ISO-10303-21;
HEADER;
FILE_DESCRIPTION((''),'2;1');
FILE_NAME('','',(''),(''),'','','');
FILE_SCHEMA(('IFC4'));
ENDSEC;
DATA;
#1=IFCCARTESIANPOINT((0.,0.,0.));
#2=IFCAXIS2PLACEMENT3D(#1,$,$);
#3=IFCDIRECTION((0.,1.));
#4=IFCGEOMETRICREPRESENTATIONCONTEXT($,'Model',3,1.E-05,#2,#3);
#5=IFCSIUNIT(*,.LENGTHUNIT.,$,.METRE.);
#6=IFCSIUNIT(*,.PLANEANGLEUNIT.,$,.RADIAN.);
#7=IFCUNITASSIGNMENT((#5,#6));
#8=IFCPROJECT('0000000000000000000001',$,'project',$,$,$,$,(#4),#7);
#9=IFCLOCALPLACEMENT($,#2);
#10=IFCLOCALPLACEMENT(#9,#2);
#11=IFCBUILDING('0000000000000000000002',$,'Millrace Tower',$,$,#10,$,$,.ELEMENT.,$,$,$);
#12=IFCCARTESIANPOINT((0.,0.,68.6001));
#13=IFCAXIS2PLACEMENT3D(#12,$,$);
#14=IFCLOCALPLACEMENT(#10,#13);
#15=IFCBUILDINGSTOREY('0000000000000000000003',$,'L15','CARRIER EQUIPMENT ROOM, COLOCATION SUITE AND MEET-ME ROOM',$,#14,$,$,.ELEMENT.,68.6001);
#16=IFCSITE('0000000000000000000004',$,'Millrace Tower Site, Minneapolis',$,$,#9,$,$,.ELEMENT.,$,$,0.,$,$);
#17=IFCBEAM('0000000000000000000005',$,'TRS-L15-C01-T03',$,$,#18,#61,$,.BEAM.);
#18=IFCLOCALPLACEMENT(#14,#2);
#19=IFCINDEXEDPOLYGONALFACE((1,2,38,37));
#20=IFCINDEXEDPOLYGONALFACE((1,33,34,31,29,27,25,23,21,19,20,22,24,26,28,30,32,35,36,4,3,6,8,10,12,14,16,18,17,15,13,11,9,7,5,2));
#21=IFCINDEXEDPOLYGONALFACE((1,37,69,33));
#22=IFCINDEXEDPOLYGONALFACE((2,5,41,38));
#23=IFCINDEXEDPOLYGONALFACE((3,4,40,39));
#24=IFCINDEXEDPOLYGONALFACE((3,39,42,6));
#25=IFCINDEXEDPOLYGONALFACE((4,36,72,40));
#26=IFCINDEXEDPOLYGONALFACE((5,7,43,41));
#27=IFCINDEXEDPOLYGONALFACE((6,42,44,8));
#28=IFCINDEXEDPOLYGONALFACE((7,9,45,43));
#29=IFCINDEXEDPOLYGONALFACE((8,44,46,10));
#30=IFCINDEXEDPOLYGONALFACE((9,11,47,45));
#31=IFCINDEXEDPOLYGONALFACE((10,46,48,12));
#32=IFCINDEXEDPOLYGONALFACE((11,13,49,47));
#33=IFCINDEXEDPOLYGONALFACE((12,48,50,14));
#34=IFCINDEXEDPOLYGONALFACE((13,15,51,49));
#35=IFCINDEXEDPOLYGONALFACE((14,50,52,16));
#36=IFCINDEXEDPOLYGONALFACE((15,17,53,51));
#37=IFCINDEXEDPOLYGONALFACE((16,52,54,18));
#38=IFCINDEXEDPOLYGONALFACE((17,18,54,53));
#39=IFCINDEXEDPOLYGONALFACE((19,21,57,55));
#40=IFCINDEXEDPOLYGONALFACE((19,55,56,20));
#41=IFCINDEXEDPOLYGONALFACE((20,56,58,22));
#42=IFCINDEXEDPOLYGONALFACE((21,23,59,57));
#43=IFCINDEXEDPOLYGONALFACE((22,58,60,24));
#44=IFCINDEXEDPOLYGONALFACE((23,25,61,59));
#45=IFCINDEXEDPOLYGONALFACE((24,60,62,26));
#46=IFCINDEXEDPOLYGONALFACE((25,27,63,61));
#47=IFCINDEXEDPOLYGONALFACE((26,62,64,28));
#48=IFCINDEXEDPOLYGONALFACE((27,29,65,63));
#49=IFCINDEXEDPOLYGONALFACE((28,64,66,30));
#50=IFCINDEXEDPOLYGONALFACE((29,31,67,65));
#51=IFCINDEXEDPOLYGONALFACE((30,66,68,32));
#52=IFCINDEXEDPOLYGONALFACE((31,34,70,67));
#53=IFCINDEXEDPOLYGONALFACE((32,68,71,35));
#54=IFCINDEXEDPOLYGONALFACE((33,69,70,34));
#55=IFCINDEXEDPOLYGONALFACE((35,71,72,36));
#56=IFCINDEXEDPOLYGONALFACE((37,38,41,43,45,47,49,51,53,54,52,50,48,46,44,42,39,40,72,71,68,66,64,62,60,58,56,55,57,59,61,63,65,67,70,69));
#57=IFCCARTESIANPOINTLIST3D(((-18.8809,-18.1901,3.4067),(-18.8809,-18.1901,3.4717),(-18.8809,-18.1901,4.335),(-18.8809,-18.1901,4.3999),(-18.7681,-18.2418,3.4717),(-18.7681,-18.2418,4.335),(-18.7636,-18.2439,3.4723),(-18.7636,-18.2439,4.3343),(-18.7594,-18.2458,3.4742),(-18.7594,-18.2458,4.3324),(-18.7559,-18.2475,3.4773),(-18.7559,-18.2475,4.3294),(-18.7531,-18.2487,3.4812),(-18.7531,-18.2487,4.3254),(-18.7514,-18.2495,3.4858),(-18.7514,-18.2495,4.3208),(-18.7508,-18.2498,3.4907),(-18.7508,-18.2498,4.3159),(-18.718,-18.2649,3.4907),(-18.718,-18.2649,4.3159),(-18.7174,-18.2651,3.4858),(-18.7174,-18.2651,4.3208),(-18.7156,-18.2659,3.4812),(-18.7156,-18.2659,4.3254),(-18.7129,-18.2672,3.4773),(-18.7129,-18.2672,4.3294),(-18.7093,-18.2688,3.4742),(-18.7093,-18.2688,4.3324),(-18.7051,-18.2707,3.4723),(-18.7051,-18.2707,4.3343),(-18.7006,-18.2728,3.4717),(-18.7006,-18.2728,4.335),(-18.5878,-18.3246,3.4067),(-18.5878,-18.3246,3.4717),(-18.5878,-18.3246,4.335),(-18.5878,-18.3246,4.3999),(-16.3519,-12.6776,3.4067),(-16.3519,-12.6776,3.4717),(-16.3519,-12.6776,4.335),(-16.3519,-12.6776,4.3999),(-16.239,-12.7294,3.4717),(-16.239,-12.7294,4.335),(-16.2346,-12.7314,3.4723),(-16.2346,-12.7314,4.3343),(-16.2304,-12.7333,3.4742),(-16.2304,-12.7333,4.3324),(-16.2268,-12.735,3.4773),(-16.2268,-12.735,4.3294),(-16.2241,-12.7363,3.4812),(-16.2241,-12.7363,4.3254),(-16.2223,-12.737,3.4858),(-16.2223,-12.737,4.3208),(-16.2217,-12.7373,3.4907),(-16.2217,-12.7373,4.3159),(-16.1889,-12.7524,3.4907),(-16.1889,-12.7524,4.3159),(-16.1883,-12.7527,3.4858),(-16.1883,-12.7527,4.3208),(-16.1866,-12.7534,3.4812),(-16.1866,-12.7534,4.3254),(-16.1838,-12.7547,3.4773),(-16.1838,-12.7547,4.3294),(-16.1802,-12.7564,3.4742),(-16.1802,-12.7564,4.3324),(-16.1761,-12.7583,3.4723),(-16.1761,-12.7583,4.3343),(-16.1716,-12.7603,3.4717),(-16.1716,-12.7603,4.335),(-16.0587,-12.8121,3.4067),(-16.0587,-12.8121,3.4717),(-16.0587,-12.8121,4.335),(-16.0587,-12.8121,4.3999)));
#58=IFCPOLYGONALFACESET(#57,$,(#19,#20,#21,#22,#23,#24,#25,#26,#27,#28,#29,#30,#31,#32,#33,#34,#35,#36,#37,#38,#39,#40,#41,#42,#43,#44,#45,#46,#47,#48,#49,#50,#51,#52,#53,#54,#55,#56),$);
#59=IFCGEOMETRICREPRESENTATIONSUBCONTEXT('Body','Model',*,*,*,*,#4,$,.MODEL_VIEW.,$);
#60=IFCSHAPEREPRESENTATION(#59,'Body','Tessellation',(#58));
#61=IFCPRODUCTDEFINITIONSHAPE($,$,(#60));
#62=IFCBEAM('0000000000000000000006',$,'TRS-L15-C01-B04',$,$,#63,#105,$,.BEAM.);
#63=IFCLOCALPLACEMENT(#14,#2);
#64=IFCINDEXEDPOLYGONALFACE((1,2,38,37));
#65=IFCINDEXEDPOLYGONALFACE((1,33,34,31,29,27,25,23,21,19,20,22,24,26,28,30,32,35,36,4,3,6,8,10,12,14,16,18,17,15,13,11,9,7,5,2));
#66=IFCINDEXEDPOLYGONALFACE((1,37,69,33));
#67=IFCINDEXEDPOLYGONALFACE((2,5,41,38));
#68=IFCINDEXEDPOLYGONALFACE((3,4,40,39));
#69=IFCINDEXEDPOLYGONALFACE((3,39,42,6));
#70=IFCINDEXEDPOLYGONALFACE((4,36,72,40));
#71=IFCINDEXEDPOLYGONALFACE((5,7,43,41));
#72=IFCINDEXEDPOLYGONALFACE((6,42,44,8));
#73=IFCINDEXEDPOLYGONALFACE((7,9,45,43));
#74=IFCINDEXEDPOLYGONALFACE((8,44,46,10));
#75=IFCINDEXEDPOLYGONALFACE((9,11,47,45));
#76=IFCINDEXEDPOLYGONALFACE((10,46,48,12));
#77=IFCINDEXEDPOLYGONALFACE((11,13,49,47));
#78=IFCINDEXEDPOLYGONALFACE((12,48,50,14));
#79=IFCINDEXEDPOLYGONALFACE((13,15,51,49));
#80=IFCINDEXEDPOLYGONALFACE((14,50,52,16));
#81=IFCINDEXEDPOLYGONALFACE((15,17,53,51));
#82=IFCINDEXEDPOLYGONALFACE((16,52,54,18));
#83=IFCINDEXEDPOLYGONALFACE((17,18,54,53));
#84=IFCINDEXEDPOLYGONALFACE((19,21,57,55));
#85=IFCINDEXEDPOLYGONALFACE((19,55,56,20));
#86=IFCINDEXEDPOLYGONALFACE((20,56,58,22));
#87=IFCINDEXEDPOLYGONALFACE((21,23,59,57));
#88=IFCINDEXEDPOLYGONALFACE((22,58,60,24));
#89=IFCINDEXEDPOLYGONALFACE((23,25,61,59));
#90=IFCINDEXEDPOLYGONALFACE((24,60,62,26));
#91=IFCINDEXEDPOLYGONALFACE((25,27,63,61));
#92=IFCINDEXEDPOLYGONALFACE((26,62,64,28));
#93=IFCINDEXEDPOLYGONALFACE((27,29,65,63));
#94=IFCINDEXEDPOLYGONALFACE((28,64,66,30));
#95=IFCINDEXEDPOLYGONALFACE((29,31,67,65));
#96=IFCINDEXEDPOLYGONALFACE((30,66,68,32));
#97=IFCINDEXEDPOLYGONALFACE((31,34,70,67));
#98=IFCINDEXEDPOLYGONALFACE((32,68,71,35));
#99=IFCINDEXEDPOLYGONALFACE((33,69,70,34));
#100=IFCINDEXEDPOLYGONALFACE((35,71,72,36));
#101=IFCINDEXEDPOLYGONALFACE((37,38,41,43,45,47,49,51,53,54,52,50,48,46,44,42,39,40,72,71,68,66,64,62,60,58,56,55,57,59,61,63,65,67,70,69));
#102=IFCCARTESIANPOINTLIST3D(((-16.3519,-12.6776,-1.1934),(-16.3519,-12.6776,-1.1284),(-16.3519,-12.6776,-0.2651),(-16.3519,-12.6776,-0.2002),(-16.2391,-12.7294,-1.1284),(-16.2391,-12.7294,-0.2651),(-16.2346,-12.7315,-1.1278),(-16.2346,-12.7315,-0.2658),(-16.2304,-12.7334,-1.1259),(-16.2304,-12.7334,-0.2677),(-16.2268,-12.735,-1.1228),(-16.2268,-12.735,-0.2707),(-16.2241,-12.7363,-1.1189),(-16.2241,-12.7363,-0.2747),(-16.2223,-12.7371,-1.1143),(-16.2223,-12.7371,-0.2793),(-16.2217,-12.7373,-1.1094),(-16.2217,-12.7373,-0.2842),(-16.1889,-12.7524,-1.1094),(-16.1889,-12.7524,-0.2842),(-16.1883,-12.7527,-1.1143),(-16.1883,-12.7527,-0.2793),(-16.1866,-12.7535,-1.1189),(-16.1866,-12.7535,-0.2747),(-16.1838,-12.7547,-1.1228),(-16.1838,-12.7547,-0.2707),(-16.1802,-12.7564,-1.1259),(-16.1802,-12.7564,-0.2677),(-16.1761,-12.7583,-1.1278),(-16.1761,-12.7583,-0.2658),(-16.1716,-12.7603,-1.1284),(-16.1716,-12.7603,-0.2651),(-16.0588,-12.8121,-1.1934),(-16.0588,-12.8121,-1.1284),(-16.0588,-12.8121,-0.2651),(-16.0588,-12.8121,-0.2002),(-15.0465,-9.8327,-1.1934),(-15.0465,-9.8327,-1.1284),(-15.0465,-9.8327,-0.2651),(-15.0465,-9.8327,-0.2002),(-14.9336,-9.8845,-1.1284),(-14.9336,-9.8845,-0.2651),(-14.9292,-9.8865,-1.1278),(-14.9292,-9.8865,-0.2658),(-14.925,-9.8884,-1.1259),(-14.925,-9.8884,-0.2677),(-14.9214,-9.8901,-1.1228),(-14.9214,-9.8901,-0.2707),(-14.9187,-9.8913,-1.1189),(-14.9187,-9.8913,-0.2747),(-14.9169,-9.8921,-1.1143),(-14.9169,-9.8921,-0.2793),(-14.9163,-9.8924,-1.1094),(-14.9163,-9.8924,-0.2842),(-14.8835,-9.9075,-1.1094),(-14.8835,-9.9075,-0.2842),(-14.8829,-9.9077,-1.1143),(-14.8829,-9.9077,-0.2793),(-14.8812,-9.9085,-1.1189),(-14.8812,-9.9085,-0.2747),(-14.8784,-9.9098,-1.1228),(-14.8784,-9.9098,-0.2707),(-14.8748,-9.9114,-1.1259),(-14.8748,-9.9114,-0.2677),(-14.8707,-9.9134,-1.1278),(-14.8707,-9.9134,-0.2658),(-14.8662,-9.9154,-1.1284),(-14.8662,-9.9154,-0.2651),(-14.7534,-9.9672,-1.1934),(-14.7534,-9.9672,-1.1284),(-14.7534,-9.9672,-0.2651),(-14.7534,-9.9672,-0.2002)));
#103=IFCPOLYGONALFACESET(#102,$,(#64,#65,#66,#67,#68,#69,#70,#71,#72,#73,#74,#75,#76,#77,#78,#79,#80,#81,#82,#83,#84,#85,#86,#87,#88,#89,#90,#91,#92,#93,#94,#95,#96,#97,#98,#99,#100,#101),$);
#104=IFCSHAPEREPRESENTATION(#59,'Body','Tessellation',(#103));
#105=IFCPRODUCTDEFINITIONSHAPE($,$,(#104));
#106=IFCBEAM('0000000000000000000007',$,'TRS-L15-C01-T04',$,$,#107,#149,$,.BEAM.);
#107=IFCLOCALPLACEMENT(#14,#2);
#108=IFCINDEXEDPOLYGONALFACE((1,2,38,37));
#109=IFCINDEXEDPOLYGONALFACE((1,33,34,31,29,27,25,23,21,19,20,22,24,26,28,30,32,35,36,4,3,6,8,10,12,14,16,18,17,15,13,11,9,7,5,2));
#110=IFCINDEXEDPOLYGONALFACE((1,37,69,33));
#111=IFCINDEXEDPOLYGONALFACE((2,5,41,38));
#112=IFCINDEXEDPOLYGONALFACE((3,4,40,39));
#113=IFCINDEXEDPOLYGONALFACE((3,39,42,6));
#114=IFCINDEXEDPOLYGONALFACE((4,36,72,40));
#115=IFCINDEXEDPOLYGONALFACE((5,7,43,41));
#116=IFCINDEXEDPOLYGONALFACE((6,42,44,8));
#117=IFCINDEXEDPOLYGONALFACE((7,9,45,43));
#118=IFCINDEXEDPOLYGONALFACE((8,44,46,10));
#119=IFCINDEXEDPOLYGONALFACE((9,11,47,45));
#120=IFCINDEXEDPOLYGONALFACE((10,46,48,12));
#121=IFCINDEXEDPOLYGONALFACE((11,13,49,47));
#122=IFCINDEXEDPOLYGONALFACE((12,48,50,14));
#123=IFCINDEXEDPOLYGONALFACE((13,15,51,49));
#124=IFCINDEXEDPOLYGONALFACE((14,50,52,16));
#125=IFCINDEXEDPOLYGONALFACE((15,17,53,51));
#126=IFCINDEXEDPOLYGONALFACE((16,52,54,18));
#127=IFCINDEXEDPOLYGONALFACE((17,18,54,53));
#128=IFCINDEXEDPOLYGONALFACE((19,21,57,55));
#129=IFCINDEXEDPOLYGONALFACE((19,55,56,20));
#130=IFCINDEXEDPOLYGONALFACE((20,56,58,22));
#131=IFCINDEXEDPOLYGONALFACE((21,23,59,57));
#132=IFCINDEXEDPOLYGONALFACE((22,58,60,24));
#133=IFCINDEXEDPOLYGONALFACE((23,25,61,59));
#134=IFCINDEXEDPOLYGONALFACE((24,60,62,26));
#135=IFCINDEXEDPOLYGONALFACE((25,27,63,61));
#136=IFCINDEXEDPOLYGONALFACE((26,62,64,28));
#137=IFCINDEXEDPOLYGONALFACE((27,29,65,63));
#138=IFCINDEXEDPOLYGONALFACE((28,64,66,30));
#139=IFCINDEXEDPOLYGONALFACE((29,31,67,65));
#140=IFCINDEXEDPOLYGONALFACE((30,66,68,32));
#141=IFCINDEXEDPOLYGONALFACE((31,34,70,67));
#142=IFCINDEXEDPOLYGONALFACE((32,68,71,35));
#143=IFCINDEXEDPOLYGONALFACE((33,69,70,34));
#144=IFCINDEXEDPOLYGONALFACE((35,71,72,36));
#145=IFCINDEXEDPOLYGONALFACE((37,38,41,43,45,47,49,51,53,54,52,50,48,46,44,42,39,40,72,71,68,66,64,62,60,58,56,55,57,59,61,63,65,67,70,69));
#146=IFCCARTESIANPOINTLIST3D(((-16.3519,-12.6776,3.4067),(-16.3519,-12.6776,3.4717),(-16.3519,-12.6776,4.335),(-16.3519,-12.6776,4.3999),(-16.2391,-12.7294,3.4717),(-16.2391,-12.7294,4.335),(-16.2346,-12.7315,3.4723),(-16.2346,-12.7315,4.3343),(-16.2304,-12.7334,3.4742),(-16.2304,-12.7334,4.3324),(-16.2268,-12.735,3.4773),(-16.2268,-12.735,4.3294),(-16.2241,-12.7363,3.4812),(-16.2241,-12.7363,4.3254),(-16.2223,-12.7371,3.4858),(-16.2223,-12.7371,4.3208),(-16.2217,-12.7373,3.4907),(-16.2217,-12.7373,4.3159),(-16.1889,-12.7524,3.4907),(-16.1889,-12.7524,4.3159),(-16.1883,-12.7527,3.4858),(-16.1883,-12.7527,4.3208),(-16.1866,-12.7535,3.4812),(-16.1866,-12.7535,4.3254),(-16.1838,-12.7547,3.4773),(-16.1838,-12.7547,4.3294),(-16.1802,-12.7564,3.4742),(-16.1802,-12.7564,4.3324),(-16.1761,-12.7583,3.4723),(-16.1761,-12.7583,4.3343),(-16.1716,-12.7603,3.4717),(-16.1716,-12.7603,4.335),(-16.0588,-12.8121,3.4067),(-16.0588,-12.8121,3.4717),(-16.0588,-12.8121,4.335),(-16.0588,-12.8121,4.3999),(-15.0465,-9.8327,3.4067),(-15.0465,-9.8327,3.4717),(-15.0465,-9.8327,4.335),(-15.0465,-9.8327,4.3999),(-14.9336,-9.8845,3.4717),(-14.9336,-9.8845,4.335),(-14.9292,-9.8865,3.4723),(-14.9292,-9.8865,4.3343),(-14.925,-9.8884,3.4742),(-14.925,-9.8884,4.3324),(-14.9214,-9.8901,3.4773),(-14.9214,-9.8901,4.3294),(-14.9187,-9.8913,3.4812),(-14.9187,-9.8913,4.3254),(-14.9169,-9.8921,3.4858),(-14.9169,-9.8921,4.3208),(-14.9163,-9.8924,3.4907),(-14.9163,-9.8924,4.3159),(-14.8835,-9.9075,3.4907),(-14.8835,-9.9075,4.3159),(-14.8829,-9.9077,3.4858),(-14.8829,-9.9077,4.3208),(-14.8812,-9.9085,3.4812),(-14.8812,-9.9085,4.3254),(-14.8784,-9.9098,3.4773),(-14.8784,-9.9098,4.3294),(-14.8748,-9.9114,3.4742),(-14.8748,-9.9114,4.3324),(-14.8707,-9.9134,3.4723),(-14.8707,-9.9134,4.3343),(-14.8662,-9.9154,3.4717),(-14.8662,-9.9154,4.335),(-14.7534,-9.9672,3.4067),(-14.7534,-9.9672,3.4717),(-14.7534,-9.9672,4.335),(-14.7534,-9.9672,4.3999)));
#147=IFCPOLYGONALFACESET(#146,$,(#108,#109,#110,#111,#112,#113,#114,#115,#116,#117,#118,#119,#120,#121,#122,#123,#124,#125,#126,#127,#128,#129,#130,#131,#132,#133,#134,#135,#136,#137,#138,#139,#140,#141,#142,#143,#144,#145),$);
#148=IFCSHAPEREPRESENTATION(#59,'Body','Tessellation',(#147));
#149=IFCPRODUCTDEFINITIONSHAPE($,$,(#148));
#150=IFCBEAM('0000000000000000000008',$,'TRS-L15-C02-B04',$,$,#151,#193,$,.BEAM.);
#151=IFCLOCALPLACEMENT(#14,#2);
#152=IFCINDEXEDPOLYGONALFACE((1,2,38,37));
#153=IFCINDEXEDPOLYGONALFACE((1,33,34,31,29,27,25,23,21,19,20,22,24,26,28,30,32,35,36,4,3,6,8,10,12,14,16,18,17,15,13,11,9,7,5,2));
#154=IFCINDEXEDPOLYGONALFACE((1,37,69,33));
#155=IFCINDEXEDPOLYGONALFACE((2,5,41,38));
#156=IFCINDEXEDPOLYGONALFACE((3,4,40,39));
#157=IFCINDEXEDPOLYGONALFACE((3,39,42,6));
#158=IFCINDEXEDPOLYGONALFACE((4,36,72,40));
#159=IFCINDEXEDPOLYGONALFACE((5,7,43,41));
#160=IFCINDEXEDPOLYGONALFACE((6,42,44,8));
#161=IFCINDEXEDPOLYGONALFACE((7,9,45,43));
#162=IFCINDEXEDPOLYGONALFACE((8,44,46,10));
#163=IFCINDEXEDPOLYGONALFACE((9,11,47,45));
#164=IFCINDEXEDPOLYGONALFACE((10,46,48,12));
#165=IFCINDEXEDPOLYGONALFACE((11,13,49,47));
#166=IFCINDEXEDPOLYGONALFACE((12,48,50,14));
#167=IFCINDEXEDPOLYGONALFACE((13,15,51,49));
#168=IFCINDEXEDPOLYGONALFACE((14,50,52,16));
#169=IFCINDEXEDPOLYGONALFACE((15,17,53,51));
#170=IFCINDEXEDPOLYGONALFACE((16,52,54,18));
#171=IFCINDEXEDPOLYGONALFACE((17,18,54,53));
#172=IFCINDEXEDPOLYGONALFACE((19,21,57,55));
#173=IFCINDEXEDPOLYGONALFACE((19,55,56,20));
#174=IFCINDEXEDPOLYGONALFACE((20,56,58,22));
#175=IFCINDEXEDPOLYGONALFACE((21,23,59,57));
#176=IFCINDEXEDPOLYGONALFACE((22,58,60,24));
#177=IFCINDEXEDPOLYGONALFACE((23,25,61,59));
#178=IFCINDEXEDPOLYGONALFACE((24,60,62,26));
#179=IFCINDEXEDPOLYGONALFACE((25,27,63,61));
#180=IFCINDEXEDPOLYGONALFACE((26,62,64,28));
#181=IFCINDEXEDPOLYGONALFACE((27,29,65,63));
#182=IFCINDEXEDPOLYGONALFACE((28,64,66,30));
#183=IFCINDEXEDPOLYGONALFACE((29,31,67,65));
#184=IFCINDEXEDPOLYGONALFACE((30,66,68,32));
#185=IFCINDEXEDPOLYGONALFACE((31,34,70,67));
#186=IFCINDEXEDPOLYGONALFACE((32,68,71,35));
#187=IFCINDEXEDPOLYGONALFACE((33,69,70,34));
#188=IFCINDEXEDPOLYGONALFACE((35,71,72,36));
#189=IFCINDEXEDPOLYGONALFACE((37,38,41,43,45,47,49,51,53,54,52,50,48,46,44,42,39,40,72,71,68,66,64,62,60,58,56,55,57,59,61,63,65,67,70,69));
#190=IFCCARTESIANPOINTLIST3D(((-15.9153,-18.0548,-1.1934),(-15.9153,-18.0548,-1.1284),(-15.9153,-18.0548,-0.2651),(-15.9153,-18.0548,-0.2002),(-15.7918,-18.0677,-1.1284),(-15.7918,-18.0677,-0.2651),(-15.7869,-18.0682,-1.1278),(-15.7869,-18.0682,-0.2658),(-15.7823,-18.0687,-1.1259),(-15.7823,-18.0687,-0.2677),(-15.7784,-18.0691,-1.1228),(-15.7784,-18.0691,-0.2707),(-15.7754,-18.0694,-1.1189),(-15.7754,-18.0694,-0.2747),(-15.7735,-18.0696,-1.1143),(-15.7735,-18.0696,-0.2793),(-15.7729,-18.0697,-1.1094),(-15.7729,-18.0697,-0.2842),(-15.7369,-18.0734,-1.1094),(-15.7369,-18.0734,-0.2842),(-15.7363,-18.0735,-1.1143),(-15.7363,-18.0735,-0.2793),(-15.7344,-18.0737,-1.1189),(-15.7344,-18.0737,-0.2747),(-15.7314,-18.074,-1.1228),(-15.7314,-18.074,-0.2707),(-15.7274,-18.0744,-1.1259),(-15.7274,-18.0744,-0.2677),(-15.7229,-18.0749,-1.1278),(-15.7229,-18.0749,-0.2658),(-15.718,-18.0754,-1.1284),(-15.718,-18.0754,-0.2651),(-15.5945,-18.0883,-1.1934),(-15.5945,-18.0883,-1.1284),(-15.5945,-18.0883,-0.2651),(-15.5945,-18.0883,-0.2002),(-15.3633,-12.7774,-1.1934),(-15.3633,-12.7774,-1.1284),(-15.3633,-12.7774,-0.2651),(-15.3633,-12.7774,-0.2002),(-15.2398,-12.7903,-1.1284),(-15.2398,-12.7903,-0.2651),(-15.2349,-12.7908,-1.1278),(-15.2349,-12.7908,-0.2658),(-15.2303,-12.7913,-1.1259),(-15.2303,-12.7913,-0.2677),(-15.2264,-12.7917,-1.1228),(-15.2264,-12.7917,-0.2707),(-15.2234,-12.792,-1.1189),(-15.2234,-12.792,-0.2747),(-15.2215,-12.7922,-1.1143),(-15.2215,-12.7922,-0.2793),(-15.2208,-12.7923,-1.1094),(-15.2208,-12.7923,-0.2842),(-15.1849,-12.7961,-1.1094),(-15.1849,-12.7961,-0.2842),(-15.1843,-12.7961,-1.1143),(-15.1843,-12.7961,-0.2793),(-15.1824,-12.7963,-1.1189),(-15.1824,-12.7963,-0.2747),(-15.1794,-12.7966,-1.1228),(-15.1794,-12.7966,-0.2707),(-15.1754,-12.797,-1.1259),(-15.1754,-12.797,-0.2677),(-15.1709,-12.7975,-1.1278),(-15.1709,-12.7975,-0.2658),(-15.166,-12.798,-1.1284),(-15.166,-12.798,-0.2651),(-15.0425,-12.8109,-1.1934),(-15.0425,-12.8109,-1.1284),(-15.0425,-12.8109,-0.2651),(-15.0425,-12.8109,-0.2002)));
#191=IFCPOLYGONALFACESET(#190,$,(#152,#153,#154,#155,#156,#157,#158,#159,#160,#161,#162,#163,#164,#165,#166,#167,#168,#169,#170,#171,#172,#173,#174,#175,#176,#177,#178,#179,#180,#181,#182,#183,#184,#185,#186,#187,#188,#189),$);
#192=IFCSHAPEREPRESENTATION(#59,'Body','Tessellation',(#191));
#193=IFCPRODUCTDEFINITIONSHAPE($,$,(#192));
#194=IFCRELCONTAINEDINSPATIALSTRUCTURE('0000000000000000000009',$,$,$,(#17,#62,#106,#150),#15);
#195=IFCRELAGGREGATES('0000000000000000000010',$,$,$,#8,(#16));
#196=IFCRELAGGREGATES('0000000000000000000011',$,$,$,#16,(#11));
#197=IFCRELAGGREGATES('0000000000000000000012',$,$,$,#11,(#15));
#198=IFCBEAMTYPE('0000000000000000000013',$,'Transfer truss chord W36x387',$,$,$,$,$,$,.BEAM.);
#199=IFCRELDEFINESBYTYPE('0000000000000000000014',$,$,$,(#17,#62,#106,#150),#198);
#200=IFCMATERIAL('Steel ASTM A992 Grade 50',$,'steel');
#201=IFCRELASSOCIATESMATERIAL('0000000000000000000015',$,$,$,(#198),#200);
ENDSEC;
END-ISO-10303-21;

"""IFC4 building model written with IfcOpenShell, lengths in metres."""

from ifc_helpers import new_model, si_unit, direction, frame, origin, origin_2d, place, context, subcontext, project, spatial, i_section, extrude, material, material_profile, profile_set, type_object, element, save


model = new_model("IFC4")

# Units and contexts
model_context = context("Model", 3, precision=1e-05, world=origin(), true_north=direction((0.0, 1.0)))
body_context = subcontext(model_context, "Body", "Model", "MODEL_VIEW")
ifc_project = project(units=[si_unit("LENGTHUNIT", "METRE"), si_unit("PLANEANGLEUNIT", "RADIAN")], contexts=[model_context])

# Site, building, storey
site_placement = place(None, origin())
site = spatial("IfcSite", under=ifc_project, at=site_placement, Name="Millrace Tower Site, Minneapolis", CompositionType="ELEMENT", RefElevation=0.0)
building_placement = place(site_placement, origin())
building = spatial("IfcBuilding", under=site, at=building_placement, Name="Millrace Tower", CompositionType="ELEMENT")
storey_placement = place(building_placement, frame((0.0, 0.0, 68.6001)))
storey = spatial("IfcBuildingStorey", under=building, at=storey_placement, Name="L15", Description="CARRIER EQUIPMENT ROOM, COLOCATION SUITE AND MEET-ME ROOM", CompositionType="ELEMENT", Elevation=68.6001)

# Beams
ifc_material_1 = material(Name="Steel ASTM A992 Grade 50", Category="steel")
ifc_material_profile_1 = material_profile(ifc_material_1, i_section(OverallWidth=0.3225, OverallDepth=0.9932, WebThickness=0.0361, FlangeThickness=0.0649, FilletRadius=0.019, at=origin_2d()))
ifc_profile_set_1 = profile_set([ifc_material_profile_1], Name="Steel ASTM A992 Grade 50")
beam_type_1 = type_object("IfcBeamType", Name="Transfer truss chord W36x387", PredefinedType="BEAM", material=ifc_profile_set_1)
for number, where, z_axis, x_axis, name in (
    (1, (-18.7344, -18.2573, 3.9033), (0.416997, 0.908908, 0.0), (-0.908908, 0.416997, 0.0), "TRS-L15-C01-T03"),
):
    element("IfcBeam", number, at=place(storey_placement, frame(where, z_axis=z_axis, x_axis=x_axis)), inside=storey, type_object=beam_type_1, Name=name, PredefinedType="BEAM", context=body_context, shape_type="SweptSolid", body=[
        extrude(i_section(OverallWidth=0.3225, OverallDepth=0.9932, WebThickness=0.0361, FlangeThickness=0.0649, FilletRadius=0.019, at=origin_2d()), origin(), (0.0, 0.0, 1.0), 6.0649),
    ])
for number, where, z_axis, x_axis, name in (
    (2, (-16.2053, -12.7449, -0.6968), (0.417044, 0.908886, 0.0), (-0.908886, 0.417044, 0.0), "TRS-L15-C01-B04"),
    (3, (-16.2053, -12.7449, 3.9033), (0.417044, 0.908886, 0.0), (-0.908886, 0.417044, 0.0), "TRS-L15-C01-T04"),
):
    element("IfcBeam", number, at=place(storey_placement, frame(where, z_axis=z_axis, x_axis=x_axis)), inside=storey, type_object=beam_type_1, Name=name, PredefinedType="BEAM", context=body_context, shape_type="SweptSolid", body=[
        extrude(i_section(OverallWidth=0.3225, OverallDepth=0.9932, WebThickness=0.0361, FlangeThickness=0.0649, FilletRadius=0.019, at=origin_2d()), origin(), (0.0, 0.0, 1.0), 3.1301),
    ])
for number, where, z_axis, x_axis, name in (
    (4, (-15.7549, -18.0715, -0.6968), (0.104031, 0.994574, 0.0), (-0.994574, 0.104031, 0.0), "TRS-L15-C02-B04"),
):
    element("IfcBeam", number, at=place(storey_placement, frame(where, z_axis=z_axis, x_axis=x_axis)), inside=storey, type_object=beam_type_1, Name=name, PredefinedType="BEAM", context=body_context, shape_type="SweptSolid", body=[
        extrude(i_section(OverallWidth=0.3225, OverallDepth=0.9932, WebThickness=0.0361, FlangeThickness=0.0649, FilletRadius=0.019, at=origin_2d()), origin(), (0.0, 0.0, 1.0), 5.3062),
    ])

save(model, "model.ifc")
